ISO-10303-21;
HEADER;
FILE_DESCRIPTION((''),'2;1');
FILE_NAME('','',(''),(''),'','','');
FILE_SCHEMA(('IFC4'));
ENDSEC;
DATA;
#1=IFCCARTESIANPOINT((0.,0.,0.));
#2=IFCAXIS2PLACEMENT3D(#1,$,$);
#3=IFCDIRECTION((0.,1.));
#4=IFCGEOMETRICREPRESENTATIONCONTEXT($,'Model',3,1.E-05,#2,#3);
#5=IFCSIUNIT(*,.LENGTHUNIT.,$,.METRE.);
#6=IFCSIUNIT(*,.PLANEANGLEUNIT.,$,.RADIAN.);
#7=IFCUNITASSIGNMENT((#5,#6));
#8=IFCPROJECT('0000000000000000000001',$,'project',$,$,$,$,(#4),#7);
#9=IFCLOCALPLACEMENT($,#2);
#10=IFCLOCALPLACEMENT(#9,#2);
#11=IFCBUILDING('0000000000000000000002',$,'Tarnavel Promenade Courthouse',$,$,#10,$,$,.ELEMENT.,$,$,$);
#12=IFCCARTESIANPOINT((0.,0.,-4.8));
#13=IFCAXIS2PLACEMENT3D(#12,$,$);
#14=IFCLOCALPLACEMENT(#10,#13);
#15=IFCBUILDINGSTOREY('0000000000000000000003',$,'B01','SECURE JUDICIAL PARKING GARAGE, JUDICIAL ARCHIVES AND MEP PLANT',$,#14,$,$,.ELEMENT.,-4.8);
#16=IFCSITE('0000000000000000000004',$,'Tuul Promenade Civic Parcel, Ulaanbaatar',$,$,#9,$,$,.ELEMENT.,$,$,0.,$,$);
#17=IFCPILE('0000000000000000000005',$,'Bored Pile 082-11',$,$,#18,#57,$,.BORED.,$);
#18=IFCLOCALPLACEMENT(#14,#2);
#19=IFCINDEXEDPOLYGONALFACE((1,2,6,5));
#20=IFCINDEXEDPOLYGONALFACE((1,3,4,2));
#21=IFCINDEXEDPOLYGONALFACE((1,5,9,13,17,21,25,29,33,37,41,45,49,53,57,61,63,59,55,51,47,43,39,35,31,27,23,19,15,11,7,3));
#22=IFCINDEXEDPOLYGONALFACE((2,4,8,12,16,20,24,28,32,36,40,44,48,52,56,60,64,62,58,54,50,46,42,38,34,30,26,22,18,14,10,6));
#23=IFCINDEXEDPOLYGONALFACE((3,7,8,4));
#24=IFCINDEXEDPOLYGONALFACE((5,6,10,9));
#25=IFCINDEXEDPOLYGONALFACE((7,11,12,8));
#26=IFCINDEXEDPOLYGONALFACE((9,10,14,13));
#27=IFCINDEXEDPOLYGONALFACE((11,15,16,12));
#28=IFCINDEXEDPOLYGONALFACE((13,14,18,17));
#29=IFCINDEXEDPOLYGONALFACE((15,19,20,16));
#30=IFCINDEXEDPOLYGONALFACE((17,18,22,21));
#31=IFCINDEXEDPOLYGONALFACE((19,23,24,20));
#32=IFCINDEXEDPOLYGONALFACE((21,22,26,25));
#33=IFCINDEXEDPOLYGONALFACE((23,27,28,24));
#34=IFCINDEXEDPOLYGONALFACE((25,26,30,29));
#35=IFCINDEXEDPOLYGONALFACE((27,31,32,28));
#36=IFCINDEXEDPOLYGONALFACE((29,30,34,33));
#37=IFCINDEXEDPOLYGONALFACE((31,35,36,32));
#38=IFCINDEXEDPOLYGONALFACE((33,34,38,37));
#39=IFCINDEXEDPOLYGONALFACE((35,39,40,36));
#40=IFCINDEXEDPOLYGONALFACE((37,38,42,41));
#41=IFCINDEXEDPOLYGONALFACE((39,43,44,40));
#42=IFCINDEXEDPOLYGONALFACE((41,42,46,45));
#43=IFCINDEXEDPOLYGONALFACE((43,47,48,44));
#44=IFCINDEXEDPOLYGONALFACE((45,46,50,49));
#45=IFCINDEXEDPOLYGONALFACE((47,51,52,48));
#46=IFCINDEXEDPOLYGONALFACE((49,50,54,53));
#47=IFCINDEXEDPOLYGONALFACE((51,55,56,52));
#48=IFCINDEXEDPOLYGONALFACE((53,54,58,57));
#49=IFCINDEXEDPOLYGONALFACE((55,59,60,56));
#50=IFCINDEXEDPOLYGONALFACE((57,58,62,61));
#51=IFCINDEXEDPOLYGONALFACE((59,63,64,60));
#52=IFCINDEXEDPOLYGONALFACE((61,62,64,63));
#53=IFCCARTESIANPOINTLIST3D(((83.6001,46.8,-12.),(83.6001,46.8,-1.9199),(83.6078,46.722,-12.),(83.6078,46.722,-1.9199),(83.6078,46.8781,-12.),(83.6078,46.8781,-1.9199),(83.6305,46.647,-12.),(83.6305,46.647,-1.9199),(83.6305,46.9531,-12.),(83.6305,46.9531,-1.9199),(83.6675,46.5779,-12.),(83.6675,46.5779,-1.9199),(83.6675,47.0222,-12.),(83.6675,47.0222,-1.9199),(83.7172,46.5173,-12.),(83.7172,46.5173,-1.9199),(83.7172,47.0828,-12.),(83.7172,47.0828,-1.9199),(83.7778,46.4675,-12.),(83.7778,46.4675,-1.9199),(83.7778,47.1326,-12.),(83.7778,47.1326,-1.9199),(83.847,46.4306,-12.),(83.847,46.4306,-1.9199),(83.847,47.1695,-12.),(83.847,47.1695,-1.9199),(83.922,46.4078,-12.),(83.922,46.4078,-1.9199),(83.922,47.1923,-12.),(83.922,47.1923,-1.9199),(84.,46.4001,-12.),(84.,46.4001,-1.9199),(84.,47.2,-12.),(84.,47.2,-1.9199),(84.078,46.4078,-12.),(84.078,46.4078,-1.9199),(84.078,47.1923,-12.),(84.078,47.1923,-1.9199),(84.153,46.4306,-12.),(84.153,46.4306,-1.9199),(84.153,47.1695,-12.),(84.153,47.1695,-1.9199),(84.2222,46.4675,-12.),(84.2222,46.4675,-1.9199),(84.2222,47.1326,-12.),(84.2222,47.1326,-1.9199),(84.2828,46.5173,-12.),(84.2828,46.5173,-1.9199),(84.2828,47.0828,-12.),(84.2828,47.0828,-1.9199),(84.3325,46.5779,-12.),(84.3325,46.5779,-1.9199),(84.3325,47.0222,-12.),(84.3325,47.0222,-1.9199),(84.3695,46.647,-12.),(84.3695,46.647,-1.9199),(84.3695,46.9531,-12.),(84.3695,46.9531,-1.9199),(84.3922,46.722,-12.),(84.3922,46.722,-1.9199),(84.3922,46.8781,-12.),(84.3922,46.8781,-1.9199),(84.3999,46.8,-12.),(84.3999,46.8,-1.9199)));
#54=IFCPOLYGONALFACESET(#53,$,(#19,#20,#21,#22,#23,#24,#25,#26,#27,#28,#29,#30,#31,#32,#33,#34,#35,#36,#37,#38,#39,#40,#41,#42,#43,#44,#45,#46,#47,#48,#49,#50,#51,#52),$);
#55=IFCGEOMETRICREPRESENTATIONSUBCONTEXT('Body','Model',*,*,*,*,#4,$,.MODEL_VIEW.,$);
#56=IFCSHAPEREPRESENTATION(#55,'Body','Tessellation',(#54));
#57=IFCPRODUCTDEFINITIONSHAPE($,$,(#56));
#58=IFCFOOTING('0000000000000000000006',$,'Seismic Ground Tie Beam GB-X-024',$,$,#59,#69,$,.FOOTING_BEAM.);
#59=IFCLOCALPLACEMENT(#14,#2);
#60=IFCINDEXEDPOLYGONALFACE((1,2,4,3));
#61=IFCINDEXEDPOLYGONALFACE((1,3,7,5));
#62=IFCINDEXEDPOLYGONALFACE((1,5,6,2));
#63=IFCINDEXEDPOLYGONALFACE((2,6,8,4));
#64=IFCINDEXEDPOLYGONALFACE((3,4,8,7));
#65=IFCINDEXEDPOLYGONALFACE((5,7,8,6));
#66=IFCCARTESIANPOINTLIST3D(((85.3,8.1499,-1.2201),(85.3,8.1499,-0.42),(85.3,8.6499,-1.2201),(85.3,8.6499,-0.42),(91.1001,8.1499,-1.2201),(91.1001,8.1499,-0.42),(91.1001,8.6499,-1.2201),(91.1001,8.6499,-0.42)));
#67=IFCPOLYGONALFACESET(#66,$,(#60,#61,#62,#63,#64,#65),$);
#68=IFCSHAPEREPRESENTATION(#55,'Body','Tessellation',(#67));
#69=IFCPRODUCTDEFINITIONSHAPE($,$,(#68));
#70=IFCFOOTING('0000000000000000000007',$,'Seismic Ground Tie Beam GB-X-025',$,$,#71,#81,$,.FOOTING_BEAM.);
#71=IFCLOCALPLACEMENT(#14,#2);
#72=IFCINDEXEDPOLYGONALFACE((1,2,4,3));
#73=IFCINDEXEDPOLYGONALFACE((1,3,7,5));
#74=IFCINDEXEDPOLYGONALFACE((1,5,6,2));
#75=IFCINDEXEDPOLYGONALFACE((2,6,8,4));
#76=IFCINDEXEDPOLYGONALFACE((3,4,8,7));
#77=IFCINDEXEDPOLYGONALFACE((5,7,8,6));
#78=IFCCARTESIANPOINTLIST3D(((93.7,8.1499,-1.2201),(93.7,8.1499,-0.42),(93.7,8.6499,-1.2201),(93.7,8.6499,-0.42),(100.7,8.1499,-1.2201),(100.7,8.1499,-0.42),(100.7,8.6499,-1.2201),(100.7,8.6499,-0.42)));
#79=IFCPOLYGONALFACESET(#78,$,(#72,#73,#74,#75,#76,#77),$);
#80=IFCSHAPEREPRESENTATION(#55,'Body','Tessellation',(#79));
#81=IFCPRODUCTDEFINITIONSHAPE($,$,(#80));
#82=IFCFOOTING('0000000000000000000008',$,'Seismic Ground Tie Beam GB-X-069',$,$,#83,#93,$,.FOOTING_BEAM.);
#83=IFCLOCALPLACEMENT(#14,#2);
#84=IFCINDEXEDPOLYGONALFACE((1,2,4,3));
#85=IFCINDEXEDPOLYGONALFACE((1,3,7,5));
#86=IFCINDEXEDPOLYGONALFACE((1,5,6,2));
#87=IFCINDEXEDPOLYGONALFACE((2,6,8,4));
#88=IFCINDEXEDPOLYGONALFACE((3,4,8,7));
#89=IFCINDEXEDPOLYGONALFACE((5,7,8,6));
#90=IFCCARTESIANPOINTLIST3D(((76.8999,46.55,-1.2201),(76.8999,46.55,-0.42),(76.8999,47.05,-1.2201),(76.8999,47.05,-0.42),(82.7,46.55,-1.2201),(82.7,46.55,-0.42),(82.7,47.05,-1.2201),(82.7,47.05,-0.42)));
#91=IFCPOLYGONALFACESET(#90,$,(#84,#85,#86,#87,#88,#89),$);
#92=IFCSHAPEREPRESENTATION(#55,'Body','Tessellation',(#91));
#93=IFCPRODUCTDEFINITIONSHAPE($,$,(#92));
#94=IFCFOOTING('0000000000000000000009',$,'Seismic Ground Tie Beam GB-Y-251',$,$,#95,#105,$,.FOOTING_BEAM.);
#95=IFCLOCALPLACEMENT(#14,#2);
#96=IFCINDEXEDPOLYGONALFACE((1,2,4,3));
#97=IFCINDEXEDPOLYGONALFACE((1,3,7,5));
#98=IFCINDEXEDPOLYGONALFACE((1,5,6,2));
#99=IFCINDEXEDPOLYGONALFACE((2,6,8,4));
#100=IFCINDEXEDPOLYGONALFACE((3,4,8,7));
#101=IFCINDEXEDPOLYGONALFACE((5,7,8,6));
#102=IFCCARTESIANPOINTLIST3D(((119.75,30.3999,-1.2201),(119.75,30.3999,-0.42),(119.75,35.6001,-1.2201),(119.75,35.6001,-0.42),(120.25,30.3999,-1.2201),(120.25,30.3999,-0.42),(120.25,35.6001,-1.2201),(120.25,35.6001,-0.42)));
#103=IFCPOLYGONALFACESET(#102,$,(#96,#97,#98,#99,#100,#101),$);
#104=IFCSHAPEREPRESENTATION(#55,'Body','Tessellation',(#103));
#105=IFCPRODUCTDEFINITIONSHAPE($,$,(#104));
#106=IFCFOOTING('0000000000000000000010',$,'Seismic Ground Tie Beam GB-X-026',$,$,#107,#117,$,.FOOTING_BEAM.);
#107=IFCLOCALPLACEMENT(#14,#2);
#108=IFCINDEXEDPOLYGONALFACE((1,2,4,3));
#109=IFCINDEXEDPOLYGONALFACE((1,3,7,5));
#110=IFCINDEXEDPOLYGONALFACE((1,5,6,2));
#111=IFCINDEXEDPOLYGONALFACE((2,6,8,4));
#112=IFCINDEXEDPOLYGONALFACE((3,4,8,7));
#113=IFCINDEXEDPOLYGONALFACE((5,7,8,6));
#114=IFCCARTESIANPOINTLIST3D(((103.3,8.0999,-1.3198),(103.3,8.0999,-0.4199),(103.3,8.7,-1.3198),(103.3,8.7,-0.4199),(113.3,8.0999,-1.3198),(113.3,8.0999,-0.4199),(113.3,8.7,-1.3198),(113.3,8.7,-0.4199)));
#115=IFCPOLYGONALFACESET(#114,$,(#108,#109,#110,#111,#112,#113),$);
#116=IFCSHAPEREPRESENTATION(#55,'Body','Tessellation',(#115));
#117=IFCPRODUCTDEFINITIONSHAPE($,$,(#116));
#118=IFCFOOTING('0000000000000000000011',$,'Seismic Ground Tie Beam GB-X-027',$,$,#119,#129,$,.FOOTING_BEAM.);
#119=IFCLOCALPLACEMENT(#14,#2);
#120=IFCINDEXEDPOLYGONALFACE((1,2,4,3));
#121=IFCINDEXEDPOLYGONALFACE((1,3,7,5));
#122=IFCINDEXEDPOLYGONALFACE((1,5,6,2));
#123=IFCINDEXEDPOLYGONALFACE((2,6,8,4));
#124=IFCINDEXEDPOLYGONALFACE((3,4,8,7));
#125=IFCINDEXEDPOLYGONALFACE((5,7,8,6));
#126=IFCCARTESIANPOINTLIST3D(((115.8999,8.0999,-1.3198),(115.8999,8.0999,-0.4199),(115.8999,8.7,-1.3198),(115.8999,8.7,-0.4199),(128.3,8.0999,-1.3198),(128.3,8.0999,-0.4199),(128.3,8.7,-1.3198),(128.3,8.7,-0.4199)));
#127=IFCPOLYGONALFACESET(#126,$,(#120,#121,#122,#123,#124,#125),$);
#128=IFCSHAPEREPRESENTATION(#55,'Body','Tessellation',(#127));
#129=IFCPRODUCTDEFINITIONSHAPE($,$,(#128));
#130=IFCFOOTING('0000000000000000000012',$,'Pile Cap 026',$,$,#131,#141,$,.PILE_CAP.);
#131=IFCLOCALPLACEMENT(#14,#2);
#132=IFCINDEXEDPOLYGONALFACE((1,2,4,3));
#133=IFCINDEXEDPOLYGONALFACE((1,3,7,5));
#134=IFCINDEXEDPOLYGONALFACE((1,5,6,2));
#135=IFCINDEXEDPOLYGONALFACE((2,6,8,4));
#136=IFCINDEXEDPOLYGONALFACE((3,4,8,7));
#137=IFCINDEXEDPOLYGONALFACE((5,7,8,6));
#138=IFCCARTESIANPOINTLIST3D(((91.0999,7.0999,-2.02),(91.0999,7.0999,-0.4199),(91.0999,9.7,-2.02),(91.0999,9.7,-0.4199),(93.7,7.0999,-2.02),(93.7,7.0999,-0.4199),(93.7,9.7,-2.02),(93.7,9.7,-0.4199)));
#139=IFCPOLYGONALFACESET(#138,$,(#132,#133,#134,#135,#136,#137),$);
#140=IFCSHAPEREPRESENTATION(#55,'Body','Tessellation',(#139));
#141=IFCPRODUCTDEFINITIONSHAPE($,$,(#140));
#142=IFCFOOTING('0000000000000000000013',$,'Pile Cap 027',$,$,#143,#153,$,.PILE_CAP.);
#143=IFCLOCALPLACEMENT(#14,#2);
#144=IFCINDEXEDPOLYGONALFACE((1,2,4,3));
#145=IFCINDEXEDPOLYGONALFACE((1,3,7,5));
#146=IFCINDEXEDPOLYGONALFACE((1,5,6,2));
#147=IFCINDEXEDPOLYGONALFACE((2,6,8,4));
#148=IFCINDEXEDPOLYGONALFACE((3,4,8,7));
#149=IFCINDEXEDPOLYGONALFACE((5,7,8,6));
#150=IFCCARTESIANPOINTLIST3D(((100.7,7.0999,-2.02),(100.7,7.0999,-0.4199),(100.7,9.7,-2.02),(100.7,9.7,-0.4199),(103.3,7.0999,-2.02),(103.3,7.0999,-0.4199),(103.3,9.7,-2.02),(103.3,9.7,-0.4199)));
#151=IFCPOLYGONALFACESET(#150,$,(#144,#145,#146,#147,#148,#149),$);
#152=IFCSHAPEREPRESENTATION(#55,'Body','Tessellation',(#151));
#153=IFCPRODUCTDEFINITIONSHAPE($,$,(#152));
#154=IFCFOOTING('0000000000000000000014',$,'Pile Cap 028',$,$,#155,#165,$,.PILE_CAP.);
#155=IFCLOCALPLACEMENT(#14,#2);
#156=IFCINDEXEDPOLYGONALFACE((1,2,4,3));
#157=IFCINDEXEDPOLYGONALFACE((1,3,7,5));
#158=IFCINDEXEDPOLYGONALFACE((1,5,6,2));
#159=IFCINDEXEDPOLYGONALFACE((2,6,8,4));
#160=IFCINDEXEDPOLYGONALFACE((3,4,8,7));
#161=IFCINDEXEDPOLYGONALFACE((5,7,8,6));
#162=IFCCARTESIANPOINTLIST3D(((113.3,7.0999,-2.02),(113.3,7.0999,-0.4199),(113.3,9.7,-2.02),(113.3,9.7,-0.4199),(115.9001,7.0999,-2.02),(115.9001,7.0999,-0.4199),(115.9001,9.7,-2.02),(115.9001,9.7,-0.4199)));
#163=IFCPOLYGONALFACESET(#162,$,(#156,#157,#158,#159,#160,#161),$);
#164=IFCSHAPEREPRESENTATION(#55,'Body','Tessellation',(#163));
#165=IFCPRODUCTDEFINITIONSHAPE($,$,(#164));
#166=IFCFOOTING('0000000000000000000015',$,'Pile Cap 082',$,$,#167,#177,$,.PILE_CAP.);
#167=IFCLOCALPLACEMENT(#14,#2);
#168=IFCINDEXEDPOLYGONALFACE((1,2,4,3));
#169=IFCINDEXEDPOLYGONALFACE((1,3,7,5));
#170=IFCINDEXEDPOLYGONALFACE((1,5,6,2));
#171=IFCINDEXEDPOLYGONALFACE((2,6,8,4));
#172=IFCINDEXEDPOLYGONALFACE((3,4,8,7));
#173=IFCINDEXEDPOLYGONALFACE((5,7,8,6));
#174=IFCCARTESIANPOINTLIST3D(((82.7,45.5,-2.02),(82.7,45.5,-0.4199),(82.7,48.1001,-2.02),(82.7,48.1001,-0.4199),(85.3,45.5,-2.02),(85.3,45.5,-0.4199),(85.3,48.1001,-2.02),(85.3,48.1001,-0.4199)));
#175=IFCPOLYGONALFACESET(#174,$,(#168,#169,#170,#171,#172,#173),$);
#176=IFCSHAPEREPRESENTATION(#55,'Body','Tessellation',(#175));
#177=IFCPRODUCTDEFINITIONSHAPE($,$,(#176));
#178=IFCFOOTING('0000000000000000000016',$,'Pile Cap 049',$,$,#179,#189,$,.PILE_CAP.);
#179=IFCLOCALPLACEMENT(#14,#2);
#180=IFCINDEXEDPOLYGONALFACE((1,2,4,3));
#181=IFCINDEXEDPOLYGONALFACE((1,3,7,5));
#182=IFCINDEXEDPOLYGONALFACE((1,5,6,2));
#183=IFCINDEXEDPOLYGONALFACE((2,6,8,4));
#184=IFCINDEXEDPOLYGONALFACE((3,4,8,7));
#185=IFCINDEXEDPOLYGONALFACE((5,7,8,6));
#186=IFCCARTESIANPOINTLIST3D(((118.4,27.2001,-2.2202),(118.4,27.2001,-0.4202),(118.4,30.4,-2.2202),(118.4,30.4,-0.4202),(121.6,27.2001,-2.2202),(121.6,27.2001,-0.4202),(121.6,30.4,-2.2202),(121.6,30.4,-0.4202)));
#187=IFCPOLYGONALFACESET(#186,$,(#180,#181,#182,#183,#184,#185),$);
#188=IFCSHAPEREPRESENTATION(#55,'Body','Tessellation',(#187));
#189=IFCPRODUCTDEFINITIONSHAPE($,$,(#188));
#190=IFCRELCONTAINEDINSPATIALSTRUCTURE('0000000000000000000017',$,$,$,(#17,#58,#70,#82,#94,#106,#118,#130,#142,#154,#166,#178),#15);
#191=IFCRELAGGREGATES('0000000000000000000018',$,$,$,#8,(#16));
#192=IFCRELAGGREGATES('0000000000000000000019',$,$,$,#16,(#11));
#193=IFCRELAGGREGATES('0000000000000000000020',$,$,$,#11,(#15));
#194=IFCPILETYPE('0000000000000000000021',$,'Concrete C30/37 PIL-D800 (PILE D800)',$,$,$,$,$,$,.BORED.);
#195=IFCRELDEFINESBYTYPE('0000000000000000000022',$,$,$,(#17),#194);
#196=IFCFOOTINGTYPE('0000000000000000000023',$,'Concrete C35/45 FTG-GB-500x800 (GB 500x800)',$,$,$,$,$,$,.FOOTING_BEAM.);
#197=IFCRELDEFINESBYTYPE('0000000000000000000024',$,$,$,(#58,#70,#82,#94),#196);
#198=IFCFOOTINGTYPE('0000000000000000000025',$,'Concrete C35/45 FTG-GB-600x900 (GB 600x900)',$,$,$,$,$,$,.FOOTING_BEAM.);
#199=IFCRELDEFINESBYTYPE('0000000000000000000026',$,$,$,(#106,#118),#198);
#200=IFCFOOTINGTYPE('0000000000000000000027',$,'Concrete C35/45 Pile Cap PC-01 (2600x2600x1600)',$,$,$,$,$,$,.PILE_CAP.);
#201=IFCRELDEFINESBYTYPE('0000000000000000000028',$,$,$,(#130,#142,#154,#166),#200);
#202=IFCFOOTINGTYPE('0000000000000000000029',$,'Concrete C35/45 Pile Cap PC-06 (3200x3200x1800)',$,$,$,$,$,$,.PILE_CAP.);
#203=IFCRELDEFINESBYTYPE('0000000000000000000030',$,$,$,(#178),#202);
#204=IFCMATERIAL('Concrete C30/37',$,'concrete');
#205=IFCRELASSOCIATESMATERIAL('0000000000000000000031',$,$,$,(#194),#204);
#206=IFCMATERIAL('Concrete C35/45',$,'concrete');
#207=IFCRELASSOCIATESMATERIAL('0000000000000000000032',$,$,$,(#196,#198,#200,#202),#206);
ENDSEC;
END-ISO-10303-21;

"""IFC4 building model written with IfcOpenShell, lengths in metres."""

from ifc_helpers import new_model, si_unit, direction, frame, origin, origin_2d, place, context, subcontext, project, spatial, rectangle, circle, extrude, material, material_profile, profile_set, type_object, element, save


model = new_model("IFC4")

# Units and contexts
model_context = context("Model", 3, precision=1e-05, world=origin(), true_north=direction((0.0, 1.0)))
body_context = subcontext(model_context, "Body", "Model", "MODEL_VIEW")
ifc_project = project(units=[si_unit("LENGTHUNIT", "METRE"), si_unit("PLANEANGLEUNIT", "RADIAN")], contexts=[model_context])

# Site, building, storey
site_placement = place(None, origin())
site = spatial("IfcSite", under=ifc_project, at=site_placement, Name="Tuul Promenade Civic Parcel, Ulaanbaatar", CompositionType="ELEMENT", RefElevation=0.0)
building_placement = place(site_placement, origin())
building = spatial("IfcBuilding", under=site, at=building_placement, Name="Tarnavel Promenade Courthouse", CompositionType="ELEMENT")
storey_placement = place(building_placement, frame((0.0, 0.0, -4.8)))
storey = spatial("IfcBuildingStorey", under=building, at=storey_placement, Name="B01", Description="SECURE JUDICIAL PARKING GARAGE, JUDICIAL ARCHIVES AND MEP PLANT", CompositionType="ELEMENT", Elevation=-4.8)

# Pile
ifc_material_1 = material(Name="Concrete C30/37", Category="concrete")
ifc_material_profile_1 = material_profile(ifc_material_1, circle(Radius=0.3999, at=origin_2d()), Name="PILE D800")
ifc_profile_set_1 = profile_set([ifc_material_profile_1], Name="Concrete C30/37")
pile_type_1 = type_object("IfcPileType", Name="Concrete C30/37 PIL-D800 (PILE D800)", PredefinedType="BORED", material=ifc_profile_set_1)
for number, where, z_axis, x_axis, name in (
    (1, (84.0, 46.8, -1.9199), (0.0, 0.0, -1.0), (1.0, 0.0, 0.0), "Bored Pile 082-11"),
):
    element("IfcPile", number, at=place(storey_placement, frame(where, z_axis=z_axis, x_axis=x_axis)), inside=storey, type_object=pile_type_1, Name=name, PredefinedType="BORED", context=body_context, shape_type="SweptSolid", body=[
        extrude(circle(Radius=0.3999, at=origin_2d()), origin(), (0.0, 0.0, 1.0), 10.0801),
    ])

# Footings
ifc_material_2 = material(Name="Concrete C35/45", Category="concrete")
ifc_material_profile_2 = material_profile(ifc_material_2, rectangle(XDim=0.5, YDim=0.8, at=origin_2d()), Name="GB 500x800")
ifc_profile_set_2 = profile_set([ifc_material_profile_2], Name="Concrete C35/45")
footing_type_1 = type_object("IfcFootingType", Name="Concrete C35/45 FTG-GB-500x800 (GB 500x800)", PredefinedType="FOOTING_BEAM", material=ifc_profile_set_2)
footing_1_placement = place(storey_placement, frame((85.3, 8.3999, -0.8201), z_axis=(1.0, 0.0, 0.0), x_axis=(0.0, 1.0, 0.0)))
element("IfcFooting", 2, at=footing_1_placement, inside=storey, type_object=footing_type_1, Name="Seismic Ground Tie Beam GB-X-024", PredefinedType="FOOTING_BEAM", context=body_context, shape_type="SweptSolid", body=[
    extrude(rectangle(XDim=0.5, YDim=0.8, at=origin_2d()), origin(), (0.0, 0.0, 1.0), 5.8),
])
footing_2_placement = place(storey_placement, frame((93.7, 8.3999, -0.8201), z_axis=(1.0, 0.0, 0.0), x_axis=(0.0, 1.0, 0.0)))
element("IfcFooting", 3, at=footing_2_placement, inside=storey, type_object=footing_type_1, Name="Seismic Ground Tie Beam GB-X-025", PredefinedType="FOOTING_BEAM", context=body_context, shape_type="SweptSolid", body=[
    extrude(rectangle(XDim=0.5, YDim=0.8, at=origin_2d()), origin(), (0.0, 0.0, 1.0), 7.0),
])
footing_3_placement = place(storey_placement, frame((76.8999, 46.8, -0.8201), z_axis=(1.0, 0.0, 0.0), x_axis=(0.0, 1.0, 0.0)))
element("IfcFooting", 4, at=footing_3_placement, inside=storey, type_object=footing_type_1, Name="Seismic Ground Tie Beam GB-X-069", PredefinedType="FOOTING_BEAM", context=body_context, shape_type="SweptSolid", body=[
    extrude(rectangle(XDim=0.5, YDim=0.8, at=origin_2d()), origin(), (0.0, 0.0, 1.0), 5.8),
])
footing_4_placement = place(storey_placement, frame((120.0, 30.3999, -0.8201), z_axis=(0.0, 1.0, 0.0), x_axis=(-1.0, 0.0, 0.0)))
element("IfcFooting", 5, at=footing_4_placement, inside=storey, type_object=footing_type_1, Name="Seismic Ground Tie Beam GB-Y-251", PredefinedType="FOOTING_BEAM", context=body_context, shape_type="SweptSolid", body=[
    extrude(rectangle(XDim=0.5, YDim=0.8, at=origin_2d()), origin(), (0.0, 0.0, 1.0), 5.2002),
])
ifc_material_profile_3 = material_profile(ifc_material_2, rectangle(XDim=0.6001, YDim=0.8999, at=origin_2d()), Name="GB 600x900")
ifc_profile_set_3 = profile_set([ifc_material_profile_3], Name="Concrete C35/45")
footing_type_2 = type_object("IfcFootingType", Name="Concrete C35/45 FTG-GB-600x900 (GB 600x900)", PredefinedType="FOOTING_BEAM", material=ifc_profile_set_3)
footing_5_placement = place(storey_placement, frame((103.3, 8.3999, -0.8699), z_axis=(1.0, 0.0, 0.0), x_axis=(0.0, 1.0, 0.0)))
element("IfcFooting", 6, at=footing_5_placement, inside=storey, type_object=footing_type_2, Name="Seismic Ground Tie Beam GB-X-026", PredefinedType="FOOTING_BEAM", context=body_context, shape_type="SweptSolid", body=[
    extrude(rectangle(XDim=0.6001, YDim=0.8999, at=origin_2d()), origin(), (0.0, 0.0, 1.0), 10.0),
])
footing_6_placement = place(storey_placement, frame((115.8999, 8.3999, -0.8699), z_axis=(1.0, 0.0, 0.0), x_axis=(0.0, 1.0, 0.0)))
element("IfcFooting", 7, at=footing_6_placement, inside=storey, type_object=footing_type_2, Name="Seismic Ground Tie Beam GB-X-027", PredefinedType="FOOTING_BEAM", context=body_context, shape_type="SweptSolid", body=[
    extrude(rectangle(XDim=0.6001, YDim=0.8999, at=origin_2d()), origin(), (0.0, 0.0, 1.0), 12.4001),
])
footing_type_3 = type_object("IfcFootingType", Name="Concrete C35/45 Pile Cap PC-01 (2600x2600x1600)", PredefinedType="PILE_CAP", material=ifc_material_2)
for number, where, z_axis, x_axis, name in (
    (8, (92.3999, 8.3999, -2.02), (0.0, 0.0, 1.0), (1.0, 0.0, 0.0), "Pile Cap 026"),
    (9, (102.0, 8.3999, -2.02), (0.0, 0.0, 1.0), (1.0, 0.0, 0.0), "Pile Cap 027"),
    (10, (114.6001, 8.3999, -2.02), (0.0, 0.0, 1.0), (1.0, 0.0, 0.0), "Pile Cap 028"),
    (11, (84.0, 46.8, -2.02), (0.0, 0.0, 1.0), (1.0, 0.0, 0.0), "Pile Cap 082"),
):
    element("IfcFooting", number, at=place(storey_placement, frame(where, z_axis=z_axis, x_axis=x_axis)), inside=storey, type_object=footing_type_3, Name=name, PredefinedType="PILE_CAP", context=body_context, shape_type="SweptSolid", body=[
        extrude(rectangle(XDim=2.6001, YDim=2.6001, at=origin_2d()), origin(), (0.0, 0.0, 1.0), 1.6001),
    ])
footing_type_4 = type_object("IfcFootingType", Name="Concrete C35/45 Pile Cap PC-06 (3200x3200x1800)", PredefinedType="PILE_CAP", material=ifc_material_2)
footing_7_placement = place(storey_placement, frame((120.0, 28.8, -2.2202), z_axis=(0.0, 0.0, 1.0), x_axis=(1.0, 0.0, 0.0)))
element("IfcFooting", 12, at=footing_7_placement, inside=storey, type_object=footing_type_4, Name="Pile Cap 049", PredefinedType="PILE_CAP", context=body_context, shape_type="SweptSolid", body=[
    extrude(rectangle(XDim=3.2, YDim=3.2, at=origin_2d()), origin(), (0.0, 0.0, 1.0), 1.8),
])

save(model, "model.ifc")
